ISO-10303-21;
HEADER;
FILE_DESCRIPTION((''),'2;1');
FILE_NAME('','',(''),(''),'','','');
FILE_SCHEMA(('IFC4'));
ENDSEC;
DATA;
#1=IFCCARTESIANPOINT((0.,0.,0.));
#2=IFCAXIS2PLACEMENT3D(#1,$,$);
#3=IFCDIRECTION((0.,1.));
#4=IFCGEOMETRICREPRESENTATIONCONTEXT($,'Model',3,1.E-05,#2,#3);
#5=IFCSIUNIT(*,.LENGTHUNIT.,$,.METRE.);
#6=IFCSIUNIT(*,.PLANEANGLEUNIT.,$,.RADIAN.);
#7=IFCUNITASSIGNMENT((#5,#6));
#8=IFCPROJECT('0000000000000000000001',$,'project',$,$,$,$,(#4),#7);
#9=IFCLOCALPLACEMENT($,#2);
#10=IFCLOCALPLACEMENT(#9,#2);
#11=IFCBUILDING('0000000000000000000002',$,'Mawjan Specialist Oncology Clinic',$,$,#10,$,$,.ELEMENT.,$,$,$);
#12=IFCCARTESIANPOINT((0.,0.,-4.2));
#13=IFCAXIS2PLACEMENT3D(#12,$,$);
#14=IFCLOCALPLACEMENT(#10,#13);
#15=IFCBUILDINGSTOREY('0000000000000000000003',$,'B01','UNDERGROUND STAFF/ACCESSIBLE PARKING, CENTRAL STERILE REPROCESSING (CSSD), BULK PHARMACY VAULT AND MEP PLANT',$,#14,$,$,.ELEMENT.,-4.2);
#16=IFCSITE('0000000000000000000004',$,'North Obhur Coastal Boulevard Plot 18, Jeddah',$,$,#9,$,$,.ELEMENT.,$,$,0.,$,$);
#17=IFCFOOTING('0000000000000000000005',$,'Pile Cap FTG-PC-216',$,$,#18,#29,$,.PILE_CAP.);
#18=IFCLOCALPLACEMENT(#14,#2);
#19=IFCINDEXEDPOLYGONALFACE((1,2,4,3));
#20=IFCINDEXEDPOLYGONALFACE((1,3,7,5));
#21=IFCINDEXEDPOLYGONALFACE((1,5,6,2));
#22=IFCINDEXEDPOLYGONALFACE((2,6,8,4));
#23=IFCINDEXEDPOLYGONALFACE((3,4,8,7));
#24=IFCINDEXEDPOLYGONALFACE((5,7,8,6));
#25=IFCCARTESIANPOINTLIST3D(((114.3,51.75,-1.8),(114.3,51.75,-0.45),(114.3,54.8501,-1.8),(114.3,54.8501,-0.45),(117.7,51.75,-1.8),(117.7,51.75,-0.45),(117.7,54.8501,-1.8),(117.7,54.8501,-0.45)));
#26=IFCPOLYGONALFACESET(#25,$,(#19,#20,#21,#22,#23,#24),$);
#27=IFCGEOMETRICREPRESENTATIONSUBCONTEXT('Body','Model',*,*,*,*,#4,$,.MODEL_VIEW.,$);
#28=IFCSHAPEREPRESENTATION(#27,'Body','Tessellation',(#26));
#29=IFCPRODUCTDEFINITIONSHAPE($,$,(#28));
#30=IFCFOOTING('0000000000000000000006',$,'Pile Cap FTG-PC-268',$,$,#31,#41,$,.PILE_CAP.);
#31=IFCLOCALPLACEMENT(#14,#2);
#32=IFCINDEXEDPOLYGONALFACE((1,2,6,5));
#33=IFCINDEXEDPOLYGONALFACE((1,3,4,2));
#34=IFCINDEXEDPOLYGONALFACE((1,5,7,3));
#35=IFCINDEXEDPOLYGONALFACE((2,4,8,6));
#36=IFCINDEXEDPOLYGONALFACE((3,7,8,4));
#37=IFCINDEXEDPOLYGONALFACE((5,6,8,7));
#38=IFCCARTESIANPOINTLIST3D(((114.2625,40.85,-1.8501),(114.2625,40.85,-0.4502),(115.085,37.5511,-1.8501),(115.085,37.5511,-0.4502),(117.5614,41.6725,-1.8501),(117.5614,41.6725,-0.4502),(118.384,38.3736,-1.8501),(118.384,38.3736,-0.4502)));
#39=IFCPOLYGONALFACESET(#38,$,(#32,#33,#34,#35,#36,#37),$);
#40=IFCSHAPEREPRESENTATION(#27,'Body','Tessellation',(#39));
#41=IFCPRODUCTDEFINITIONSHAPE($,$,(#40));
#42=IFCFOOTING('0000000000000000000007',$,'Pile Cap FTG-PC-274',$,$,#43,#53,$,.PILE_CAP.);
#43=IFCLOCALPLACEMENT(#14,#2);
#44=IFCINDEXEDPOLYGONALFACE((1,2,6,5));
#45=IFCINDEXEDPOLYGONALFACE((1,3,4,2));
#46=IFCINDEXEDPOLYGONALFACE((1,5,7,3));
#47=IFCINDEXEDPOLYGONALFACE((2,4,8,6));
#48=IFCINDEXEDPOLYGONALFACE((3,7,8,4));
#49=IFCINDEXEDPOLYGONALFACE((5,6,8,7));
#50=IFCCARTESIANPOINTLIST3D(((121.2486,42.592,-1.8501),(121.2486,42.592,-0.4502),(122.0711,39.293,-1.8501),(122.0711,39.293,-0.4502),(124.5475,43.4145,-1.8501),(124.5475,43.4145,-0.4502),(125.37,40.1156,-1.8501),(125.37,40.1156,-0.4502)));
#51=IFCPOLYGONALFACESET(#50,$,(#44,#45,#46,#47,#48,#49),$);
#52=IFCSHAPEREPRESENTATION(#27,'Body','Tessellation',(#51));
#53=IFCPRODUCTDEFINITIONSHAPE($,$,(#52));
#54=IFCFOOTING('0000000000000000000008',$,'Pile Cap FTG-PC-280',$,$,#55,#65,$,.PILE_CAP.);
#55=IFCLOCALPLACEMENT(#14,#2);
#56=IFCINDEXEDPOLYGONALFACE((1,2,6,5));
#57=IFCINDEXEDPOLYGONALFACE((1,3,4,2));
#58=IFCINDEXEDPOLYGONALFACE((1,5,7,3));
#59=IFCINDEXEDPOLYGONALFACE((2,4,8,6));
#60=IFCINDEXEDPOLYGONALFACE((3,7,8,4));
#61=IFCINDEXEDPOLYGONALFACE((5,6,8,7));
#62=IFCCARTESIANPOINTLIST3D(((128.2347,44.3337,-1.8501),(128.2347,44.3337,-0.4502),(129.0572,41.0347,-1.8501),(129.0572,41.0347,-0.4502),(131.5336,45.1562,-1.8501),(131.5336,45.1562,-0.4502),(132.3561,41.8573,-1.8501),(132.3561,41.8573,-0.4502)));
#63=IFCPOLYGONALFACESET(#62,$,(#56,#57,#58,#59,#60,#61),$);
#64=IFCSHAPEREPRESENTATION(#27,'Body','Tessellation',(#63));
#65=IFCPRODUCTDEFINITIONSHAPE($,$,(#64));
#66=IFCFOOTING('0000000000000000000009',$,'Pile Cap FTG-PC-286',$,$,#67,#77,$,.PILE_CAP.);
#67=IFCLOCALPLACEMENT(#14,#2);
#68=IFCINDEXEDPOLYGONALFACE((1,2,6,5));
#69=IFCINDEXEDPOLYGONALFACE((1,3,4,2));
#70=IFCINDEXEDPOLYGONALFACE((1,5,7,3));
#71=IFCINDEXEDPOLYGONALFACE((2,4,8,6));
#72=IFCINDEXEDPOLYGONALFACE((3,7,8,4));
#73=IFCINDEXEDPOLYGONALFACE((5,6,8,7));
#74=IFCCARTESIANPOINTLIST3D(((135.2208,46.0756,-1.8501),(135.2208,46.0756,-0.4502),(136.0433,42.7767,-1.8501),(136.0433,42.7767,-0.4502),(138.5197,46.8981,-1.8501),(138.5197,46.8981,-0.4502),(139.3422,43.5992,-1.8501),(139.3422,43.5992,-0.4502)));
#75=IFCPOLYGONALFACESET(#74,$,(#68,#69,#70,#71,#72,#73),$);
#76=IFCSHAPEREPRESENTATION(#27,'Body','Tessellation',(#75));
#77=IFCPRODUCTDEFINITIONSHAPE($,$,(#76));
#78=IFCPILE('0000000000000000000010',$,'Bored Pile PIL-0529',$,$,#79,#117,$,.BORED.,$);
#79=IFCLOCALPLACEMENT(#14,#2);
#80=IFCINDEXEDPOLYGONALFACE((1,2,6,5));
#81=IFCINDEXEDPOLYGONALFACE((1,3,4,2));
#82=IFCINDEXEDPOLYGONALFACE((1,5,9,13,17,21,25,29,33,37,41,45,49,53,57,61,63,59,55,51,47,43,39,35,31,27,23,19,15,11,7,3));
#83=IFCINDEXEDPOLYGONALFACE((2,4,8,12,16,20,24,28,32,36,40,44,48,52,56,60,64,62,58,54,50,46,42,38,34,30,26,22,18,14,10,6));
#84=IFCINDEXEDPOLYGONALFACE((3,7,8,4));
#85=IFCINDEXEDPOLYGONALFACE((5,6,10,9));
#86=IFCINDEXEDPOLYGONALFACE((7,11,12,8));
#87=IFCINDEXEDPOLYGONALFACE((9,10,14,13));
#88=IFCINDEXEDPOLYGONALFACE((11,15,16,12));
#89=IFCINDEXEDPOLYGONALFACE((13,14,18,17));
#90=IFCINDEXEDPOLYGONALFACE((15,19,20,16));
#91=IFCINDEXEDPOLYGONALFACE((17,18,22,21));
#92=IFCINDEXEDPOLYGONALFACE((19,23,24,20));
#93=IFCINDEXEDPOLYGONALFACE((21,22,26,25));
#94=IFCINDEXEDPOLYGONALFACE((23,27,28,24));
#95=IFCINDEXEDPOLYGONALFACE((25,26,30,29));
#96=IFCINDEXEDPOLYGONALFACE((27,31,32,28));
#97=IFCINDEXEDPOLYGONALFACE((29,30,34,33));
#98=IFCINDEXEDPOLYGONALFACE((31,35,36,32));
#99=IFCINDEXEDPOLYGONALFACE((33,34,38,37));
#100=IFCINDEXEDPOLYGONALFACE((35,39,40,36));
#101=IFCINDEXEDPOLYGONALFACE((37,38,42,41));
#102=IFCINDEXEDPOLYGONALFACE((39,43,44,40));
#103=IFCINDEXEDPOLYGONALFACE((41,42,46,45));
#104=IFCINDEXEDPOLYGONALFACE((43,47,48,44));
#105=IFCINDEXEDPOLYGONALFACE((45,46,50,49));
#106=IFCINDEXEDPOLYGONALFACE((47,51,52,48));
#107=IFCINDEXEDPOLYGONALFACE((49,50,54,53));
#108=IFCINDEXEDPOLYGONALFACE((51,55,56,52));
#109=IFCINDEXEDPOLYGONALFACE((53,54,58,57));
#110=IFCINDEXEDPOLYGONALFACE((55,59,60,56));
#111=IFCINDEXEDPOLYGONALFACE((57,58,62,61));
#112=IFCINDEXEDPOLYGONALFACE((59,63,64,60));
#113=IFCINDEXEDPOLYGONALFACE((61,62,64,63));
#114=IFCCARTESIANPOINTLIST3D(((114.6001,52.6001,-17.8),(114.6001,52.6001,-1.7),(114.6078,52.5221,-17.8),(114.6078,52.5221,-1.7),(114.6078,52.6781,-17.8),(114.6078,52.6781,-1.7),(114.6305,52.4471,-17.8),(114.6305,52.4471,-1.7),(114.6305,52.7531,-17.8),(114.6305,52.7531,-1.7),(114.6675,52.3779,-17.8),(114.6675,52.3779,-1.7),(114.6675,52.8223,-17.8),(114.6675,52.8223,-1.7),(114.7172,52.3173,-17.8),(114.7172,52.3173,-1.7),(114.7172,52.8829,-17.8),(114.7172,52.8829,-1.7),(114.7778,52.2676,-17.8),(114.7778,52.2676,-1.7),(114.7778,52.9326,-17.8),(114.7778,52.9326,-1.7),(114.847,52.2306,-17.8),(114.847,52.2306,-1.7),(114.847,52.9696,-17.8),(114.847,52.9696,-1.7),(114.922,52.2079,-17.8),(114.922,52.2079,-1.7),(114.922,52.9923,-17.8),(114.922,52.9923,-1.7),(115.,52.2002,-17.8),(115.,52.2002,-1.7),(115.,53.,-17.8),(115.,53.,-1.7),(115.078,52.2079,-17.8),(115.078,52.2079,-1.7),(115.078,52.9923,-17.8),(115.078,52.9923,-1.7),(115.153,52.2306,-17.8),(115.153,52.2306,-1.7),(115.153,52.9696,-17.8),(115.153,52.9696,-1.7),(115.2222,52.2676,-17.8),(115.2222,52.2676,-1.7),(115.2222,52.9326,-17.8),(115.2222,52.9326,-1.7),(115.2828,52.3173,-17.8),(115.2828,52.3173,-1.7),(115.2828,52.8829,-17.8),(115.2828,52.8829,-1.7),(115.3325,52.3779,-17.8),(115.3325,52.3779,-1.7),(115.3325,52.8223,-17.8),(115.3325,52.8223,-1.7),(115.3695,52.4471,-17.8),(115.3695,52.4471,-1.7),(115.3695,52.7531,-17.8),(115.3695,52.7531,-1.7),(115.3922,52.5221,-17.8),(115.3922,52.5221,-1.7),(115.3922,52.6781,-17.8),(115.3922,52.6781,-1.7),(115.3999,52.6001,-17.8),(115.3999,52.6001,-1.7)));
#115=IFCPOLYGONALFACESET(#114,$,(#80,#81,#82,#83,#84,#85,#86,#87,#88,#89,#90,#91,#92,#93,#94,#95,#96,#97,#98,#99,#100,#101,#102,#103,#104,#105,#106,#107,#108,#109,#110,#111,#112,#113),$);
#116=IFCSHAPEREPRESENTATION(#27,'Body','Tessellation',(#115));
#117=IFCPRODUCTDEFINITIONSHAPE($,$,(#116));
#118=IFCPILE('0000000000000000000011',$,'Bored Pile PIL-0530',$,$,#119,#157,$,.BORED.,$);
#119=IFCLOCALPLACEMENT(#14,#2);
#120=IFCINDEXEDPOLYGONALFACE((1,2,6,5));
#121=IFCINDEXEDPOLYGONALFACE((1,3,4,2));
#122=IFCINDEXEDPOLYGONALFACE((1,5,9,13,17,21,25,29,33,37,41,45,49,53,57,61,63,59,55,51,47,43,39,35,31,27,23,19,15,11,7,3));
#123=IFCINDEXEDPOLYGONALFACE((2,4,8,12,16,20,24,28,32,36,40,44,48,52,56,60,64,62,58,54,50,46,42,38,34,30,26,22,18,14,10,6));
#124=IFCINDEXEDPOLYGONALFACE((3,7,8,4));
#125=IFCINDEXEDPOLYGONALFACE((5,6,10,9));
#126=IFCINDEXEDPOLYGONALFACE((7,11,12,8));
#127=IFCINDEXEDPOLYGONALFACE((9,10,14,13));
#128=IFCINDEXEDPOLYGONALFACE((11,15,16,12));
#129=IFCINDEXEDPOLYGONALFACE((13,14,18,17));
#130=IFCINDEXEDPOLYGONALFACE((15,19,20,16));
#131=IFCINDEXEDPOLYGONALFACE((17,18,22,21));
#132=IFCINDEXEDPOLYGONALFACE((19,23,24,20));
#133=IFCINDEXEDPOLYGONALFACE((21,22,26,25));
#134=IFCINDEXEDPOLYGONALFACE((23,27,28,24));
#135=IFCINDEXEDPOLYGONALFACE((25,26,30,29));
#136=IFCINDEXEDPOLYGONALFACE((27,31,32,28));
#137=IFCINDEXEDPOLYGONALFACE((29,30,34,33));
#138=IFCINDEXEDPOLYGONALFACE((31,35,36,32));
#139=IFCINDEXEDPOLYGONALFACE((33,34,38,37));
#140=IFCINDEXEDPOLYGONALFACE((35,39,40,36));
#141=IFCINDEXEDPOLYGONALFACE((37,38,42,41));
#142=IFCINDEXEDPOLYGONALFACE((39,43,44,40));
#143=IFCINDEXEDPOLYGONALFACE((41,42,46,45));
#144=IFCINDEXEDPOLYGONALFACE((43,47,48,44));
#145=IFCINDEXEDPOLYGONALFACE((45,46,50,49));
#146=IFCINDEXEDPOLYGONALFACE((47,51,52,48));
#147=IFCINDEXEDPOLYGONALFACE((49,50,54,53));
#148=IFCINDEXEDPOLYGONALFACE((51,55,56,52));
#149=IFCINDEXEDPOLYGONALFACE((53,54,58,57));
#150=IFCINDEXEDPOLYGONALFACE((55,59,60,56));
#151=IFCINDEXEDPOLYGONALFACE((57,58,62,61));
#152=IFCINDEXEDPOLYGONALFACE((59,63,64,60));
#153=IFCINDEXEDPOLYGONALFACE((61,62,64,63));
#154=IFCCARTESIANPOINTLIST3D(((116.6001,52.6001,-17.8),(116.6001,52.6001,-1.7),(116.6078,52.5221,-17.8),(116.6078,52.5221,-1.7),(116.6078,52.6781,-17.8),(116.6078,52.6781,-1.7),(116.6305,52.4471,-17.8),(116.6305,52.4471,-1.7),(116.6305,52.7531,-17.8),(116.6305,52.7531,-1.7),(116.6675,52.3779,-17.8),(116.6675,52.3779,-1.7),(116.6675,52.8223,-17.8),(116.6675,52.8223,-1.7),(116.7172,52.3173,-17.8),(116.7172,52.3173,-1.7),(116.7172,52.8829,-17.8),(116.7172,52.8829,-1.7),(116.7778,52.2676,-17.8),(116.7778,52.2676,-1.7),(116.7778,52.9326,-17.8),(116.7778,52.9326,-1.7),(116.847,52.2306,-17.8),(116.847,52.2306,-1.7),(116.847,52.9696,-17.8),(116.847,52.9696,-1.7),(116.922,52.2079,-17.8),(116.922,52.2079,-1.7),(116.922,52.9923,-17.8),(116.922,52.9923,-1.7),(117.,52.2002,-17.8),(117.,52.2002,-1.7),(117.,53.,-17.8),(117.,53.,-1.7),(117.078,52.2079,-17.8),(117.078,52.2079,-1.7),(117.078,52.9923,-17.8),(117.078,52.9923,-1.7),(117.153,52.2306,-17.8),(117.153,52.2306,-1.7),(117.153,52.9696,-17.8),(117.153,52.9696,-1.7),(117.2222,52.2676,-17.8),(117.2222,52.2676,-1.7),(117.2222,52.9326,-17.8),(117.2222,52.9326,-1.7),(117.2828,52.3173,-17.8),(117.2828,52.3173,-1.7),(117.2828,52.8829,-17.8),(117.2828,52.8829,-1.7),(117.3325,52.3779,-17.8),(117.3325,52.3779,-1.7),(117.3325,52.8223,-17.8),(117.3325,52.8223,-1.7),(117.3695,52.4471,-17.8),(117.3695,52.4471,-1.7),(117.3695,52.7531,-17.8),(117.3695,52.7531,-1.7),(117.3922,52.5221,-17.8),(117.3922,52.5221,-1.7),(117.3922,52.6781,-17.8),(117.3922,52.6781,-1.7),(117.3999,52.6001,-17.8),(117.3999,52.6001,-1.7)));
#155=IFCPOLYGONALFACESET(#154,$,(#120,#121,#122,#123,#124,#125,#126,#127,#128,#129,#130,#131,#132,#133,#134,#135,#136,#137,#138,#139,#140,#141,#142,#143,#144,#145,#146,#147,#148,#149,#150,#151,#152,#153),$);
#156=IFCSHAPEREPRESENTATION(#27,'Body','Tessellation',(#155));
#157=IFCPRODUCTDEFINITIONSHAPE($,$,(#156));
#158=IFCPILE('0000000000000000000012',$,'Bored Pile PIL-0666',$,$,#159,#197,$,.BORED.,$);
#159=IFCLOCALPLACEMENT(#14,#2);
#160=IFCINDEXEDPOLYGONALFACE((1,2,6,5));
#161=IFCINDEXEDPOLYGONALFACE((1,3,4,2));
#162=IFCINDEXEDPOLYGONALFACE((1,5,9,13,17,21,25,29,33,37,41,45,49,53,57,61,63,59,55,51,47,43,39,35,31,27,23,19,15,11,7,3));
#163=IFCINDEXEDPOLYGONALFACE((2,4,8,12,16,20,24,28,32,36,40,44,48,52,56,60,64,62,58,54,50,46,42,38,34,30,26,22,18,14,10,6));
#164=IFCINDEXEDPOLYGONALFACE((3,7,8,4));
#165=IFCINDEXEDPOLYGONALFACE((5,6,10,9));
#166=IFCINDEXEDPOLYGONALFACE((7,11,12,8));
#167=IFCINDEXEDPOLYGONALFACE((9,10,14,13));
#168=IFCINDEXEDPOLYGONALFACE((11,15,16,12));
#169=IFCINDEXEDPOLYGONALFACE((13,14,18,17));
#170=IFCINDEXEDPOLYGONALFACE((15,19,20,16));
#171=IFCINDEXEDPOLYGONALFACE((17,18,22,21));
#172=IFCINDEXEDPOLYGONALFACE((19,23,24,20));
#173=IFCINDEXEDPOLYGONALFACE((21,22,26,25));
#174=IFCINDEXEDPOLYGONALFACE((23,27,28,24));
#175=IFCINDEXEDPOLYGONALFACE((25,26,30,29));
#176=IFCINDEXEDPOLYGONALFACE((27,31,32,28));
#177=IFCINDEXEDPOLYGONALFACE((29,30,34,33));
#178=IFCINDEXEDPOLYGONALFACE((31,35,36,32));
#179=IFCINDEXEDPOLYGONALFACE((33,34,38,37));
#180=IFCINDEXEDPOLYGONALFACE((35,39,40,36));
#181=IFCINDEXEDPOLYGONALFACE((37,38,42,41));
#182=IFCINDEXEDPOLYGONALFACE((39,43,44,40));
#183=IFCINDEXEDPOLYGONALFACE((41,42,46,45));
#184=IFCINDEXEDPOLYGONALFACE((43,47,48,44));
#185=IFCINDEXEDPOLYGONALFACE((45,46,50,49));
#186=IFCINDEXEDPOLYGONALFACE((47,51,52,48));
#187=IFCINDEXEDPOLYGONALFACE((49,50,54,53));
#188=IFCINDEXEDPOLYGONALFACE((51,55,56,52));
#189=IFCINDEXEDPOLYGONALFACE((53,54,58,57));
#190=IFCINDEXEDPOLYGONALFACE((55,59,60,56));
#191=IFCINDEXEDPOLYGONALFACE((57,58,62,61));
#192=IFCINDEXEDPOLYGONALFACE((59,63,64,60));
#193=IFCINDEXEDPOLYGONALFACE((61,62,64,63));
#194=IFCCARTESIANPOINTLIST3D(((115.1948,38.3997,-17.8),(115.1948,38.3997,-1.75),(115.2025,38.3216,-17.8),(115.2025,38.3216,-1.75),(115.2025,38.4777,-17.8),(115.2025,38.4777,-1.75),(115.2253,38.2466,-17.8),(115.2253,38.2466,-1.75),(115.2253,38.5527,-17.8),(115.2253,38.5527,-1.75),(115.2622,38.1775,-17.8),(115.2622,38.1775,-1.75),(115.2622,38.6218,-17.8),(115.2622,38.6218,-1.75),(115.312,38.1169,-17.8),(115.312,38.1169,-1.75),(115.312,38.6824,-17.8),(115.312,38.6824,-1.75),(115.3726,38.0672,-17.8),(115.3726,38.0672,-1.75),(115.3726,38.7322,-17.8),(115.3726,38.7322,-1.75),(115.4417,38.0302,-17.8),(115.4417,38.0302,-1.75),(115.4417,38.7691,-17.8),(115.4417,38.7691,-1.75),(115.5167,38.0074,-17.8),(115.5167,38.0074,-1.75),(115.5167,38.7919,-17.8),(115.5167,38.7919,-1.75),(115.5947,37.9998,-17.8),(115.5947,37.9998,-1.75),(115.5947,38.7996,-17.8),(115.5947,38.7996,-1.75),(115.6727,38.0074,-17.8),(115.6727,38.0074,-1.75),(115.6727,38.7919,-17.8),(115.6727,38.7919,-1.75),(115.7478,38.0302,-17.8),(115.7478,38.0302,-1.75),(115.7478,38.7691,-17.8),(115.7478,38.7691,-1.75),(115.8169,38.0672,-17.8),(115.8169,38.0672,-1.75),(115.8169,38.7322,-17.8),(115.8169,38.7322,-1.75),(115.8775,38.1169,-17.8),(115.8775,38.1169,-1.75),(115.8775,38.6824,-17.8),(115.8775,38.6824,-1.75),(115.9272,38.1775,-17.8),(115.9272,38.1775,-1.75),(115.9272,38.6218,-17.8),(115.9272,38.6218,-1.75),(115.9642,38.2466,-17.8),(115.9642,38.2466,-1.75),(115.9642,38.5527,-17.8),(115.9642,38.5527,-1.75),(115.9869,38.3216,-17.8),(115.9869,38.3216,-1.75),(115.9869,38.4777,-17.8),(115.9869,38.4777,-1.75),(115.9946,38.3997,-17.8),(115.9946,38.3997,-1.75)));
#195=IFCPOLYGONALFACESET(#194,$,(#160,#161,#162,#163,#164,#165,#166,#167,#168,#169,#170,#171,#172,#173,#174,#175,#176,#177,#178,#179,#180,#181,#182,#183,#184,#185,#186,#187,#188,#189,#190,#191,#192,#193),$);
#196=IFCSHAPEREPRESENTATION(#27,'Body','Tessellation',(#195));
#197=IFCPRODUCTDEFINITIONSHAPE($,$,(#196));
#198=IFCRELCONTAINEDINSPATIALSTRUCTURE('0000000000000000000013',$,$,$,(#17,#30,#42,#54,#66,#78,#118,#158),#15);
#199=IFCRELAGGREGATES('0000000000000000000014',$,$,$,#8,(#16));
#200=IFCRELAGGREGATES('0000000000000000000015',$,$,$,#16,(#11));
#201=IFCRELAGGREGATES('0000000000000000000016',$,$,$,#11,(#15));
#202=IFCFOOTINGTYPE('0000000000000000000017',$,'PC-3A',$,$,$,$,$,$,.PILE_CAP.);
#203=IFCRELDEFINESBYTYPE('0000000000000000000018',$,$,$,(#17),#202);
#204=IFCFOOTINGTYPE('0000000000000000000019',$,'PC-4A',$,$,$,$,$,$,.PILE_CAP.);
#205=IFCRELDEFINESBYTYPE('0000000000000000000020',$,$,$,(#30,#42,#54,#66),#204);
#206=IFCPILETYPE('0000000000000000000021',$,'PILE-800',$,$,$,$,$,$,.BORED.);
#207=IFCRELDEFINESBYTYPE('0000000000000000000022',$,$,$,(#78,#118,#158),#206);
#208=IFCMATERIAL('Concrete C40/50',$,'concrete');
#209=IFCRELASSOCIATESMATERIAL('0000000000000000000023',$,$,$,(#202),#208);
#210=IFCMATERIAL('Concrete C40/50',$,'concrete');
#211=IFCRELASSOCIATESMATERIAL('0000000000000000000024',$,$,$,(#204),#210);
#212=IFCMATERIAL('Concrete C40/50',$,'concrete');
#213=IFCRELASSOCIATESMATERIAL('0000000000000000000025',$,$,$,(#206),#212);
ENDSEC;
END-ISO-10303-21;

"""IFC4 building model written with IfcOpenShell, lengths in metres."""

from ifc_helpers import new_model, si_unit, direction, frame, origin, origin_2d, place, context, subcontext, project, spatial, rectangle, circle, extrude, material, material_profile, profile_set, type_object, element, save


model = new_model("IFC4")

# Units and contexts
model_context = context("Model", 3, precision=1e-05, world=origin(), true_north=direction((0.0, 1.0)))
body_context = subcontext(model_context, "Body", "Model", "MODEL_VIEW")
ifc_project = project(units=[si_unit("LENGTHUNIT", "METRE"), si_unit("PLANEANGLEUNIT", "RADIAN")], contexts=[model_context])

# Site, building, storey
site_placement = place(None, origin())
site = spatial("IfcSite", under=ifc_project, at=site_placement, Name="North Obhur Coastal Boulevard Plot 18, Jeddah", CompositionType="ELEMENT", RefElevation=0.0)
building_placement = place(site_placement, origin())
building = spatial("IfcBuilding", under=site, at=building_placement, Name="Mawjan Specialist Oncology Clinic", CompositionType="ELEMENT")
storey_placement = place(building_placement, frame((0.0, 0.0, -4.2)))
storey = spatial("IfcBuildingStorey", under=building, at=storey_placement, Name="B01", Description="UNDERGROUND STAFF/ACCESSIBLE PARKING, CENTRAL STERILE REPROCESSING (CSSD), BULK PHARMACY VAULT AND MEP PLANT", CompositionType="ELEMENT", Elevation=-4.2)

# Footings
ifc_material_1 = material(Name="Concrete C40/50", Category="concrete")
footing_type_1 = type_object("IfcFootingType", Name="PC-3A", PredefinedType="PILE_CAP", material=ifc_material_1)
footing_placement = place(storey_placement, frame((116.0, 53.3, -1.8), z_axis=(0.0, 0.0, 1.0), x_axis=(1.0, 0.0, 0.0)))
element("IfcFooting", 1, at=footing_placement, inside=storey, type_object=footing_type_1, Name="Pile Cap FTG-PC-216", PredefinedType="PILE_CAP", context=body_context, shape_type="SweptSolid", body=[
    extrude(rectangle(XDim=3.3999, YDim=3.1001, at=origin_2d()), origin(), (0.0, 0.0, 1.0), 1.3501),
])
ifc_material_2 = material(Name="Concrete C40/50", Category="concrete")
footing_type_2 = type_object("IfcFootingType", Name="PC-4A", PredefinedType="PILE_CAP", material=ifc_material_2)
for number, where, z_axis, x_axis, name in (
    (2, (116.3232, 39.6118, -1.8501), (0.0, 0.0, 1.0), (0.970296, 0.241922, 0.0), "Pile Cap FTG-PC-268"),
    (3, (123.3093, 41.3538, -1.8501), (0.0, 0.0, 1.0), (0.970296, 0.241922, 0.0), "Pile Cap FTG-PC-274"),
    (4, (130.2954, 43.0955, -1.8501), (0.0, 0.0, 1.0), (0.970296, 0.241922, 0.0), "Pile Cap FTG-PC-280"),
    (5, (137.2815, 44.8374, -1.8501), (0.0, 0.0, 1.0), (0.970296, 0.241922, 0.0), "Pile Cap FTG-PC-286"),
):
    element("IfcFooting", number, at=place(storey_placement, frame(where, z_axis=z_axis, x_axis=x_axis)), inside=storey, type_object=footing_type_2, Name=name, PredefinedType="PILE_CAP", context=body_context, shape_type="SweptSolid", body=[
        extrude(rectangle(XDim=3.3999, YDim=3.3999, at=origin_2d()), origin(), (0.0, 0.0, 1.0), 1.3999),
    ])

# Piles
ifc_material_3 = material(Name="Concrete C40/50", Category="concrete")
ifc_material_profile_1 = material_profile(ifc_material_3, circle(Radius=0.3999, at=origin_2d()), Name="BORED PILE D800", Category="concrete")
ifc_profile_set_1 = profile_set([ifc_material_profile_1], Name="Concrete C40/50")
pile_type = type_object("IfcPileType", Name="PILE-800", PredefinedType="BORED", material=ifc_profile_set_1)
for number, where, z_axis, x_axis, name in (
    (6, (115.0, 52.6001, -1.7), (0.0, 0.0, -1.0), (1.0, 0.0, 0.0), "Bored Pile PIL-0529"),
    (7, (117.0, 52.6001, -1.7), (0.0, 0.0, -1.0), (1.0, 0.0, 0.0), "Bored Pile PIL-0530"),
):
    element("IfcPile", number, at=place(storey_placement, frame(where, z_axis=z_axis, x_axis=x_axis)), inside=storey, type_object=pile_type, Name=name, PredefinedType="BORED", context=body_context, shape_type="SweptSolid", body=[
        extrude(circle(Radius=0.3999, at=origin_2d()), origin(), (0.0, 0.0, 1.0), 16.1001),
    ])
for number, where, z_axis, x_axis, name in (
    (8, (115.5947, 38.3997, -1.75), (0.0, 0.0, -1.0), (1.0, 0.0, 0.0), "Bored Pile PIL-0666"),
):
    element("IfcPile", number, at=place(storey_placement, frame(where, z_axis=z_axis, x_axis=x_axis)), inside=storey, type_object=pile_type, Name=name, PredefinedType="BORED", context=body_context, shape_type="SweptSolid", body=[
        extrude(circle(Radius=0.3999, at=origin_2d()), origin(), (0.0, 0.0, 1.0), 16.05),
    ])

save(model, "model.ifc")
